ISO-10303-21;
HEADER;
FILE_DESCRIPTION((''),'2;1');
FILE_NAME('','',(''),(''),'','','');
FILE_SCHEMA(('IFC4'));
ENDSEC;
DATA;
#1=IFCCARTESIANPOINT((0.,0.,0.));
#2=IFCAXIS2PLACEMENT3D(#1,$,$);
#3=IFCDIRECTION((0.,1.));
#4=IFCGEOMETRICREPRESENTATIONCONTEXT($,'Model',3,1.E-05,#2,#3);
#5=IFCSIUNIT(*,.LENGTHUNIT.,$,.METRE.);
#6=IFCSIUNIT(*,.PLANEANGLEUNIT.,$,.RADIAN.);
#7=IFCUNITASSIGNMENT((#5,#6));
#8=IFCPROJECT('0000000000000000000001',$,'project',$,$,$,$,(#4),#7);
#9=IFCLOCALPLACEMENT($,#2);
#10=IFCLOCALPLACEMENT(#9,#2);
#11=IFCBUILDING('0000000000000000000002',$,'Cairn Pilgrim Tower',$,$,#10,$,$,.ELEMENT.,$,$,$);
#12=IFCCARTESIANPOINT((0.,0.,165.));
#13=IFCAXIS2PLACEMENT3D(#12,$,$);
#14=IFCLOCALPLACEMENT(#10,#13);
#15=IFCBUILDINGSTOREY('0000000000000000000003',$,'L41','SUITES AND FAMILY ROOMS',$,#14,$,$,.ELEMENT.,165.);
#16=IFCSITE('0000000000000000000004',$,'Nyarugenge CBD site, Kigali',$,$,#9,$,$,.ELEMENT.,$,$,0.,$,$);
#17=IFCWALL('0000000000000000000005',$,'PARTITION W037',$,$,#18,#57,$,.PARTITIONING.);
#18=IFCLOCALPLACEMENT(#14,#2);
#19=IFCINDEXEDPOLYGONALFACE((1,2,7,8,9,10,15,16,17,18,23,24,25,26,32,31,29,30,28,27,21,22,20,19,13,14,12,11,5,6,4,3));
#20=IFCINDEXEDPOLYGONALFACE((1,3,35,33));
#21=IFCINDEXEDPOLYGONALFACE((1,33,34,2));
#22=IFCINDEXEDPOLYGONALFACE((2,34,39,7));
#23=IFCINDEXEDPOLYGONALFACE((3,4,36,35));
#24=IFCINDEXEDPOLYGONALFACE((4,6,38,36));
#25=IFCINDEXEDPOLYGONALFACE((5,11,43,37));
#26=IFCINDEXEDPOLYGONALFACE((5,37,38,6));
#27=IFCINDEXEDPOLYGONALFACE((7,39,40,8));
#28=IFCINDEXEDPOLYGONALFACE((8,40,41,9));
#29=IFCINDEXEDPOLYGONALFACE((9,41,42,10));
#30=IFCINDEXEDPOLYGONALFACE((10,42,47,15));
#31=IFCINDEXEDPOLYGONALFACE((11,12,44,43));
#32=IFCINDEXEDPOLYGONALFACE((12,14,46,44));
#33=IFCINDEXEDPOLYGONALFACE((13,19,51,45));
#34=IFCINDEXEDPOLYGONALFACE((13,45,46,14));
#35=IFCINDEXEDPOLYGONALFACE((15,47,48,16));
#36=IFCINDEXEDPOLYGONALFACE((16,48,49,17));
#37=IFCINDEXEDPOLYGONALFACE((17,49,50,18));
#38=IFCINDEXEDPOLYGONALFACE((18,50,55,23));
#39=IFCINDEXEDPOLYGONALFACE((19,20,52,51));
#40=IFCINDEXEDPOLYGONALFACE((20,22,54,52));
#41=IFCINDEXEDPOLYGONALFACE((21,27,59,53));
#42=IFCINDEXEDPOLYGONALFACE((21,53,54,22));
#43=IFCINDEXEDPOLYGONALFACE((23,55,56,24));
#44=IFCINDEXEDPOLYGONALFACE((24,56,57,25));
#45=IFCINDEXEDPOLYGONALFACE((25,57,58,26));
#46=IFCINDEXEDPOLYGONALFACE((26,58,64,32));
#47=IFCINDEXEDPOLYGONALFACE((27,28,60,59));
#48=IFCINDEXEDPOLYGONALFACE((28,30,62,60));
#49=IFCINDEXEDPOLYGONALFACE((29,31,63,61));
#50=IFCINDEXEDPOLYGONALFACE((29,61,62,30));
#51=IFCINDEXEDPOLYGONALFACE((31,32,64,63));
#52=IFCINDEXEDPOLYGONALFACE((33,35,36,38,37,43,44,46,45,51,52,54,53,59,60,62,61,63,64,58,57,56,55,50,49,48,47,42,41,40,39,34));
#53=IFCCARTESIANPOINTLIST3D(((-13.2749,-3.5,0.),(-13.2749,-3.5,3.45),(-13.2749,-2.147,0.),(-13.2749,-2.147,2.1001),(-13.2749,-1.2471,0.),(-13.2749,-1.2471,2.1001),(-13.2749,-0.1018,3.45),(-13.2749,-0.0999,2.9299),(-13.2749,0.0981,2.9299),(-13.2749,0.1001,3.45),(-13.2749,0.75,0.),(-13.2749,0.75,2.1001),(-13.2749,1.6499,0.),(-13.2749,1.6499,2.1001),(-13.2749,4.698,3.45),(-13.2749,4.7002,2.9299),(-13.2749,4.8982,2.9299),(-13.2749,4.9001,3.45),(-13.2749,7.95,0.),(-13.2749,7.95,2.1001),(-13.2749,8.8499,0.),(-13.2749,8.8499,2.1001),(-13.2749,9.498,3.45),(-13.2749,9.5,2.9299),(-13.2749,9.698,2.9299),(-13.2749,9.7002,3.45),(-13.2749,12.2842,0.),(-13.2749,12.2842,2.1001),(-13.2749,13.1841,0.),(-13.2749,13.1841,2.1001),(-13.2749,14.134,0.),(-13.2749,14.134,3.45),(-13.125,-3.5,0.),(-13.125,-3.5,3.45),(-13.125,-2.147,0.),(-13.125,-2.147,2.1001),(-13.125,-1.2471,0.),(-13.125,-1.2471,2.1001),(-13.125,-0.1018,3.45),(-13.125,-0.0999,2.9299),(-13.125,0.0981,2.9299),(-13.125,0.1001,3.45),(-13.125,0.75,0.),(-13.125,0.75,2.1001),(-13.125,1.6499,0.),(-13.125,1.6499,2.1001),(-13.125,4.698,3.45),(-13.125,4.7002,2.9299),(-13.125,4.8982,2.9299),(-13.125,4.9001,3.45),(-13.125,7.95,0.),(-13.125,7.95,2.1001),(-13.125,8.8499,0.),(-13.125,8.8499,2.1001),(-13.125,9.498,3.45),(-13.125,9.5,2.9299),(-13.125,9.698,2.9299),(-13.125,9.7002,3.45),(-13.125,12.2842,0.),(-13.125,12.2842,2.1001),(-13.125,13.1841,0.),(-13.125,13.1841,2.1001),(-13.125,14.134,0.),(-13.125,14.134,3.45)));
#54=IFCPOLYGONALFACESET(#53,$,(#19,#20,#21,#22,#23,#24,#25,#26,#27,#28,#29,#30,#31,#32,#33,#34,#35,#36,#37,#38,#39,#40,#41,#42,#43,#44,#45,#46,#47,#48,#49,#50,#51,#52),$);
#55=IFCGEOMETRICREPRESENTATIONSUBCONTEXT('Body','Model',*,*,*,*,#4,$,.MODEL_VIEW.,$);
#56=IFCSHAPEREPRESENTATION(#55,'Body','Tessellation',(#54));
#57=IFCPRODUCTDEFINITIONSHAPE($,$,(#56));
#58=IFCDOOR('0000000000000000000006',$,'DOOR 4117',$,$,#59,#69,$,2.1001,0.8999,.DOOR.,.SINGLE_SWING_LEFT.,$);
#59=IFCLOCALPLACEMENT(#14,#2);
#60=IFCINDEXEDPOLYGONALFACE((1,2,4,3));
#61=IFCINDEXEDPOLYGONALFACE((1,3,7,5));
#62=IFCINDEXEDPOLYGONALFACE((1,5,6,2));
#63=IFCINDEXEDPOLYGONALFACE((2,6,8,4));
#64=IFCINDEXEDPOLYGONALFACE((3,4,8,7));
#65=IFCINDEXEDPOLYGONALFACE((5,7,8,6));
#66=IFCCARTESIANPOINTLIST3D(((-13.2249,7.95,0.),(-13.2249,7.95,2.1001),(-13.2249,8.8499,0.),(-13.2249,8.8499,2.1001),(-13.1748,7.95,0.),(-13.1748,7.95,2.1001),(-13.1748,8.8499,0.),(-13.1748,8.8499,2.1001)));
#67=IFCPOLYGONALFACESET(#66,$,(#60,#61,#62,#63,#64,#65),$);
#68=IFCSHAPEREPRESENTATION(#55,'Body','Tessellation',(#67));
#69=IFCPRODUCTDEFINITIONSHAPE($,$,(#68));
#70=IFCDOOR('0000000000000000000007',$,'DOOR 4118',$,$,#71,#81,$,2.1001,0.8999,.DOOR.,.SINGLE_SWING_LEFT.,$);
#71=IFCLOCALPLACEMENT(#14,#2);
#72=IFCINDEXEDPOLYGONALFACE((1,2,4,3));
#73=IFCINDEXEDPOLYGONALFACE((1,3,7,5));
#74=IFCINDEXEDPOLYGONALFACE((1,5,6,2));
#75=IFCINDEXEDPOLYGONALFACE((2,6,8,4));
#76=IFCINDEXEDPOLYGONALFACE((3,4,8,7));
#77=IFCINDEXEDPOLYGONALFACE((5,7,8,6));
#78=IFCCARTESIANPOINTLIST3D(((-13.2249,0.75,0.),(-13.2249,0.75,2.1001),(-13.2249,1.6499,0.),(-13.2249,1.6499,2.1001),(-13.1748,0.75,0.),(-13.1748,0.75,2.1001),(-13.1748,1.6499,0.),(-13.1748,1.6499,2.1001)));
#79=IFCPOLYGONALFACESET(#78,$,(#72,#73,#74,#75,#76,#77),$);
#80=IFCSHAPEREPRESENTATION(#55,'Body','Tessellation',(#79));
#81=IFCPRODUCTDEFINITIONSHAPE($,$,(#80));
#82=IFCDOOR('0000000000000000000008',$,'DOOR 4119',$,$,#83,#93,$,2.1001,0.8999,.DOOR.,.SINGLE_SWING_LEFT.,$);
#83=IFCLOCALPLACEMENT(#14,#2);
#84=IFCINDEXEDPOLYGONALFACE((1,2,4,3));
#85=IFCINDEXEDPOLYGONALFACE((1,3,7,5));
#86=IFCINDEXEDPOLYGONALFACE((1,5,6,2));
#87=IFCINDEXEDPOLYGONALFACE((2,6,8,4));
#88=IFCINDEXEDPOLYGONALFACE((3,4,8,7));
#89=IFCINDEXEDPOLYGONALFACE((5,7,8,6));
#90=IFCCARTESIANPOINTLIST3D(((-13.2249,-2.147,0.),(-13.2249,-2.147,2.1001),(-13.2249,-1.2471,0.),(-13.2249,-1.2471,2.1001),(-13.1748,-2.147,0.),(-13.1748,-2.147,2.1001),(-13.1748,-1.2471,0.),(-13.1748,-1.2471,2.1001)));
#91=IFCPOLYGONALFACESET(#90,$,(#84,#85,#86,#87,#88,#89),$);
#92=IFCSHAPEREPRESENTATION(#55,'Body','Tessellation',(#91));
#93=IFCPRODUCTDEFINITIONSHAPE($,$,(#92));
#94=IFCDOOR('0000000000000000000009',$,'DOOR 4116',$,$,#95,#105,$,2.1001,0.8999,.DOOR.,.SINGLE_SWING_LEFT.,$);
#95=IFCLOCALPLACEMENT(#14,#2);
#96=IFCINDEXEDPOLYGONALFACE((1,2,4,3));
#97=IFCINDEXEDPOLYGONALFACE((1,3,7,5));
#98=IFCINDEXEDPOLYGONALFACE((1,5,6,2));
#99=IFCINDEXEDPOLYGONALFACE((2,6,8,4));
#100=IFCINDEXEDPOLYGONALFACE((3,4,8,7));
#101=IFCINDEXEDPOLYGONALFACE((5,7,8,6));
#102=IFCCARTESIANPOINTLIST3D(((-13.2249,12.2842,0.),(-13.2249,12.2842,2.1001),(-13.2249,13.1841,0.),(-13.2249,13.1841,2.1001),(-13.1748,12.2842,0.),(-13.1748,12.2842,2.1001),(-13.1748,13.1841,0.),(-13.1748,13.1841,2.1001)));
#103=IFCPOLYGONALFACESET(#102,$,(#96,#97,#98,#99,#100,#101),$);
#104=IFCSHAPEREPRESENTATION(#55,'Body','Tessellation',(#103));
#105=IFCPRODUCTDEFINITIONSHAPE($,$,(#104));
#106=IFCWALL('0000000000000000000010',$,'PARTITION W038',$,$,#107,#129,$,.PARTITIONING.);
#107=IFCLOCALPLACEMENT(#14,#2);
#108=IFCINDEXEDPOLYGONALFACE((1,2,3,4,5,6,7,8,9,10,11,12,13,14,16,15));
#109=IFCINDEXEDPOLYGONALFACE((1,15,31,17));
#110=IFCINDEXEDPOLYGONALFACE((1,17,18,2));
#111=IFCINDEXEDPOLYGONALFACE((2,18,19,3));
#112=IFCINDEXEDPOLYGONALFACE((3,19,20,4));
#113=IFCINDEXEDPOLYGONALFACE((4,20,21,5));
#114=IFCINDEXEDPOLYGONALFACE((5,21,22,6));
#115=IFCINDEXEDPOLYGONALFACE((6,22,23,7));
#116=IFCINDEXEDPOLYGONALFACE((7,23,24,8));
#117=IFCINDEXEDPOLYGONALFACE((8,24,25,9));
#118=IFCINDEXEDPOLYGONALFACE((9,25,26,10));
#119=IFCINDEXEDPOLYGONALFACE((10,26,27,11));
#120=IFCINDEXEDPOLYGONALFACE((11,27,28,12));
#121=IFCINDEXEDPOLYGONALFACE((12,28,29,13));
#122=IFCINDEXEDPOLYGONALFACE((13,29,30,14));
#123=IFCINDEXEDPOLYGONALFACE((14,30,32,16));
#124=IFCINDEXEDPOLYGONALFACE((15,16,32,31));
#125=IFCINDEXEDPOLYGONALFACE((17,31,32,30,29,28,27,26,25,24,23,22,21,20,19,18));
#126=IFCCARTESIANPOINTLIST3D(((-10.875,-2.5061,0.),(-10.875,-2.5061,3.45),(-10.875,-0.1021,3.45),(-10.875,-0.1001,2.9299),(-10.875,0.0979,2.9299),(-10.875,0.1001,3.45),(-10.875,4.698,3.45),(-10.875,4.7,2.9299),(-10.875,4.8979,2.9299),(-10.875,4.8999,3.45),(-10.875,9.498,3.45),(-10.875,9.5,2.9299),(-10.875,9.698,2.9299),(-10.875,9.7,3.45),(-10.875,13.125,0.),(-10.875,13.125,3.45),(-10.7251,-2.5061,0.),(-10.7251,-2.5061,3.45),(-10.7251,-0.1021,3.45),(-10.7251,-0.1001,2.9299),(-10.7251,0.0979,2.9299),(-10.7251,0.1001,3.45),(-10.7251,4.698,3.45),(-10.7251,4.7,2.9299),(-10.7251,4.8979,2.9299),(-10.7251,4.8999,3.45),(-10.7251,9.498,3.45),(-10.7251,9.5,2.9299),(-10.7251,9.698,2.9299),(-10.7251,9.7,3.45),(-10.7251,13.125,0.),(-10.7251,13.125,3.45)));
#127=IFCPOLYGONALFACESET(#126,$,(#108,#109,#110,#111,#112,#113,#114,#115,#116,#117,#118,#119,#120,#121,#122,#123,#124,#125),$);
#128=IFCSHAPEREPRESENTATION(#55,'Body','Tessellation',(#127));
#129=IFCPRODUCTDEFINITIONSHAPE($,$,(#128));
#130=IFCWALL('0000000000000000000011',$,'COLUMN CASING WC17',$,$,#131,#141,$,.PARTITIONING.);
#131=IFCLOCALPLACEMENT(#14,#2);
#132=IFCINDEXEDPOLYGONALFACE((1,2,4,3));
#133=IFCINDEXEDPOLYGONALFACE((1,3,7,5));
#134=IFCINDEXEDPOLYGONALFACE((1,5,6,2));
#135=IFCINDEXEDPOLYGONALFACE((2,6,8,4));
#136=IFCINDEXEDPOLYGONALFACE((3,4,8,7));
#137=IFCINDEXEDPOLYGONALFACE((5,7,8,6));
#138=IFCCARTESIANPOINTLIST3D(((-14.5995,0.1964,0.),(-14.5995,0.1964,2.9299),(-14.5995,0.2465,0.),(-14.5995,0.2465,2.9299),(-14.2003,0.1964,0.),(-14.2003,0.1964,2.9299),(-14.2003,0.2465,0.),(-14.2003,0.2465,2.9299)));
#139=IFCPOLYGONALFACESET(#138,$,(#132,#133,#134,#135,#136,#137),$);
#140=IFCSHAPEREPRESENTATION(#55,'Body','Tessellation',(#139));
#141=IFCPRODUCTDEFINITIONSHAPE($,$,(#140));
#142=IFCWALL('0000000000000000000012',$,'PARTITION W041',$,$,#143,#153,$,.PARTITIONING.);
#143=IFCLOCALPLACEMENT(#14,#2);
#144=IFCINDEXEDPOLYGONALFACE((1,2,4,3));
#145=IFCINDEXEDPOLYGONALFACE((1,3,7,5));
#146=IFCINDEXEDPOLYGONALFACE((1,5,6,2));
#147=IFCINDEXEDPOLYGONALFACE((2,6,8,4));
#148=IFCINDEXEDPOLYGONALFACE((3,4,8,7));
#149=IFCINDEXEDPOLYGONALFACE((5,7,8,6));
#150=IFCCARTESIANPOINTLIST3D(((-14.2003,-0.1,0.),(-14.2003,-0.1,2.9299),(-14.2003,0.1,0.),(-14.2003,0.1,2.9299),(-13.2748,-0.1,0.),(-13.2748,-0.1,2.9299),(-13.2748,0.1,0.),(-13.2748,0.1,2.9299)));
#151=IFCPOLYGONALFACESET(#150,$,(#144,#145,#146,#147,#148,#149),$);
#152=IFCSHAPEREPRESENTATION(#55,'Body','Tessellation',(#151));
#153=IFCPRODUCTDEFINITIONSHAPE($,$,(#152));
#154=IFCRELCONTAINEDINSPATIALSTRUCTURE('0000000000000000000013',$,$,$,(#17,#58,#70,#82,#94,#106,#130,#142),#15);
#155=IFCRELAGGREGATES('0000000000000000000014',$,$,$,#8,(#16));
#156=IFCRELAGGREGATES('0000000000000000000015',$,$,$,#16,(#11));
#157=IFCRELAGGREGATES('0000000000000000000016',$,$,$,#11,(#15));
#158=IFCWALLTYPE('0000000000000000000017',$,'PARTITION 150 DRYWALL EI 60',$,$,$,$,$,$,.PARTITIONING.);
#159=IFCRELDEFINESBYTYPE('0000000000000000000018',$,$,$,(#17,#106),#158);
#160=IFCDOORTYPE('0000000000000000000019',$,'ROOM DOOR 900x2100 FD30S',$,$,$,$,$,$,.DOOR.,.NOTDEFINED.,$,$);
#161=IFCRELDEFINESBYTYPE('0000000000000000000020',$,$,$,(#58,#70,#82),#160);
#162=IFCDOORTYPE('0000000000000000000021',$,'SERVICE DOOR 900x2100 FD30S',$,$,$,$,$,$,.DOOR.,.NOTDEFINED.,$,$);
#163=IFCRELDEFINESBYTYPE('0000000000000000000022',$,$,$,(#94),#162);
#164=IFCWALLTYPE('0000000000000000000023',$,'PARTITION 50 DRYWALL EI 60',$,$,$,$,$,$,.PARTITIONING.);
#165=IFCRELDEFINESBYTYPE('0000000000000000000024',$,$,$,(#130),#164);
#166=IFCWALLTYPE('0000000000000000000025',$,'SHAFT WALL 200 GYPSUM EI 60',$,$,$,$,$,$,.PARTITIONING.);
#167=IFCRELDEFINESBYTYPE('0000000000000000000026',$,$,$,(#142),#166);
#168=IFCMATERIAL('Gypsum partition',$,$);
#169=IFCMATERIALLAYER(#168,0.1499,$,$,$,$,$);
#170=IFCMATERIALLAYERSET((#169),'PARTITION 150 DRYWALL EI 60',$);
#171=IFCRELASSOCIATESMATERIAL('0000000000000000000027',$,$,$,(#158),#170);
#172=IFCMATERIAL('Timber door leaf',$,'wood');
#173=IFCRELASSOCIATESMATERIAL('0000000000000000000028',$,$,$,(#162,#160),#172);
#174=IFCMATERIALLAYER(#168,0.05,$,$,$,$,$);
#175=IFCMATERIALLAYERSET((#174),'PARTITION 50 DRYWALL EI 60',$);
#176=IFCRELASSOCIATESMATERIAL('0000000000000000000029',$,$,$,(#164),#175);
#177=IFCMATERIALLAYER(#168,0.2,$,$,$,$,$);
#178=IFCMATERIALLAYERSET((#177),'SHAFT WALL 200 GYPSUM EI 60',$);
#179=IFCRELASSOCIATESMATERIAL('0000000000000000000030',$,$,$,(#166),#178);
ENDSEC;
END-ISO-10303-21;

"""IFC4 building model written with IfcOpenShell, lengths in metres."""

from ifc_helpers import new_model, si_unit, direction, frame, frame_2d, origin, place, context, subcontext, project, spatial, polyline, rectangle, outline, extrude, material, layer, layer_set, type_object, element, fill, save


model = new_model("IFC4")

# Units and contexts
model_context = context("Model", 3, precision=1e-05, world=origin(), true_north=direction((0.0, 1.0)))
body_context = subcontext(model_context, "Body", "Model", "MODEL_VIEW")
ifc_project = project(units=[si_unit("LENGTHUNIT", "METRE"), si_unit("PLANEANGLEUNIT", "RADIAN")], contexts=[model_context])

# Site, building, storey
site_placement = place(None, origin())
site = spatial("IfcSite", under=ifc_project, at=site_placement, Name="Nyarugenge CBD site, Kigali", CompositionType="ELEMENT", RefElevation=0.0)
building_placement = place(site_placement, origin())
building = spatial("IfcBuilding", under=site, at=building_placement, Name="Cairn Pilgrim Tower", CompositionType="ELEMENT")
storey_placement = place(building_placement, frame((0.0, 0.0, 165.0)))
storey = spatial("IfcBuildingStorey", under=building, at=storey_placement, Name="L41", Description="SUITES AND FAMILY ROOMS", CompositionType="ELEMENT", Elevation=165.0)

# Shared definitions
ifc_material_1 = material(Name="Gypsum partition")

# Shared definitions
ifc_material_2 = material(Name="Timber door leaf", Category="wood")

# Shared definitions
ifc_layer_1 = layer(ifc_material_1, 0.1499)
ifc_layer_set_1 = layer_set([ifc_layer_1], Name="PARTITION 150 DRYWALL EI 60")
wall_type_1 = type_object("IfcWallType", Name="PARTITION 150 DRYWALL EI 60", PredefinedType="PARTITIONING", material=ifc_layer_set_1)

# Shared definitions
door_type_1 = type_object("IfcDoorType", Name="SERVICE DOOR 900x2100 FD30S", OperationType="NOTDEFINED", PredefinedType="DOOR", material=ifc_material_2)

# Wall, openings, doors
wall_1_placement = place(storey_placement, frame((-13.2, -3.5, 0.0), z_axis=(0.0, 0.0, 1.0), x_axis=(0.0, 1.0, 0.0)))
wall_1 = element("IfcWall", 1, at=wall_1_placement, inside=storey, type_object=wall_type_1, Name="PARTITION W037", PredefinedType="PARTITIONING", context=body_context, shape_type="SweptSolid", body=[
    extrude(outline(polyline([(0.0, 0.0), (17.634, 0.0), (17.634, 3.45), (13.2002, 3.45), (13.198, 2.9299), (13.0, 2.9299), (12.998, 3.45), (8.4001, 3.45), (8.3982, 2.9299), (8.2002, 2.9299), (8.198, 3.45), (3.6001, 3.45), (3.5981, 2.9299), (3.4001, 2.9299), (3.3982, 3.45), (0.0, 3.45), (0.0, 0.0)])), frame((0.0, 0.075, 0.0), z_axis=(0.0, -1.0, 0.0), x_axis=(1.0, 0.0, 0.0)), (0.0, 0.0, 1.0), 0.1499),
])
opening_1_placement = place(wall_1_placement, frame((15.7842, 0.0, 0.0)))
opening_1 = element("IfcOpeningElement", 2, at=opening_1_placement, cuts=wall_1, PredefinedType="OPENING", context=body_context, shape_type="SweptSolid", body=[
    extrude(rectangle(XDim=0.8999, YDim=2.1001, at=frame_2d((0.45, 1.05))), frame((0.0, 0.085, 0.0), z_axis=(0.0, -1.0, 0.0), x_axis=(1.0, 0.0, 0.0)), (0.0, 0.0, 1.0), 0.1699),
])
opening_2_placement = place(wall_1_placement, frame((11.45, 0.0, 0.0)))
opening_2 = element("IfcOpeningElement", 3, at=opening_2_placement, cuts=wall_1, PredefinedType="OPENING", context=body_context, shape_type="SweptSolid", body=[
    extrude(rectangle(XDim=0.8999, YDim=2.1001, at=frame_2d((0.45, 1.05))), frame((0.0, 0.085, 0.0), z_axis=(0.0, -1.0, 0.0), x_axis=(1.0, 0.0, 0.0)), (0.0, 0.0, 1.0), 0.1699),
])
opening_3_placement = place(wall_1_placement, frame((4.25, 0.0, 0.0)))
opening_3 = element("IfcOpeningElement", 4, at=opening_3_placement, cuts=wall_1, PredefinedType="OPENING", context=body_context, shape_type="SweptSolid", body=[
    extrude(rectangle(XDim=0.8999, YDim=2.1001, at=frame_2d((0.45, 1.05))), frame((0.0, 0.085, 0.0), z_axis=(0.0, -1.0, 0.0), x_axis=(1.0, 0.0, 0.0)), (0.0, 0.0, 1.0), 0.1699),
])
opening_4_placement = place(wall_1_placement, frame((1.353, 0.0, 0.0)))
opening_4 = element("IfcOpeningElement", 5, at=opening_4_placement, cuts=wall_1, PredefinedType="OPENING", context=body_context, shape_type="SweptSolid", body=[
    extrude(rectangle(XDim=0.8999, YDim=2.1001, at=frame_2d((0.45, 1.05))), frame((0.0, 0.085, 0.0), z_axis=(0.0, -1.0, 0.0), x_axis=(1.0, 0.0, 0.0)), (0.0, 0.0, 1.0), 0.1699),
])
door_type_2 = type_object("IfcDoorType", Name="ROOM DOOR 900x2100 FD30S", OperationType="NOTDEFINED", PredefinedType="DOOR", material=ifc_material_2)
door_1_placement = place(opening_2_placement, origin())
door_1 = element("IfcDoor", 6, at=door_1_placement, inside=storey, type_object=door_type_2, Name="DOOR 4117", OperationType="SINGLE_SWING_LEFT", OverallHeight=2.1001, OverallWidth=0.8999, PredefinedType="DOOR", context=body_context, shape_type="SweptSolid", body=[
    extrude(rectangle(XDim=0.8999, YDim=2.1001, at=frame_2d((0.45, 1.05))), frame((0.0, 0.0249, 0.0), z_axis=(0.0, -1.0, 0.0), x_axis=(1.0, 0.0, 0.0)), (0.0, 0.0, 1.0), 0.05),
])
fill(opening_2, door_1)
door_2_placement = place(opening_3_placement, origin())
door_2 = element("IfcDoor", 7, at=door_2_placement, inside=storey, type_object=door_type_2, Name="DOOR 4118", OperationType="SINGLE_SWING_LEFT", OverallHeight=2.1001, OverallWidth=0.8999, PredefinedType="DOOR", context=body_context, shape_type="SweptSolid", body=[
    extrude(rectangle(XDim=0.8999, YDim=2.1001, at=frame_2d((0.45, 1.05))), frame((0.0, 0.0249, 0.0), z_axis=(0.0, -1.0, 0.0), x_axis=(1.0, 0.0, 0.0)), (0.0, 0.0, 1.0), 0.05),
])
fill(opening_3, door_2)
door_3_placement = place(opening_4_placement, origin())
door_3 = element("IfcDoor", 8, at=door_3_placement, inside=storey, type_object=door_type_2, Name="DOOR 4119", OperationType="SINGLE_SWING_LEFT", OverallHeight=2.1001, OverallWidth=0.8999, PredefinedType="DOOR", context=body_context, shape_type="SweptSolid", body=[
    extrude(rectangle(XDim=0.8999, YDim=2.1001, at=frame_2d((0.45, 1.05))), frame((0.0, 0.0249, 0.0), z_axis=(0.0, -1.0, 0.0), x_axis=(1.0, 0.0, 0.0)), (0.0, 0.0, 1.0), 0.05),
])
fill(opening_4, door_3)
door_4_placement = place(opening_1_placement, origin())
door_4 = element("IfcDoor", 9, at=door_4_placement, inside=storey, type_object=door_type_1, Name="DOOR 4116", OperationType="SINGLE_SWING_LEFT", OverallHeight=2.1001, OverallWidth=0.8999, PredefinedType="DOOR", context=body_context, shape_type="SweptSolid", body=[
    extrude(rectangle(XDim=0.8999, YDim=2.1001, at=frame_2d((0.45, 1.05))), frame((0.0, 0.0249, 0.0), z_axis=(0.0, -1.0, 0.0), x_axis=(1.0, 0.0, 0.0)), (0.0, 0.0, 1.0), 0.05),
])
fill(opening_1, door_4)

# Walls
wall_2_placement = place(storey_placement, frame((-10.8, -2.5061, 0.0), z_axis=(0.0, 0.0, 1.0), x_axis=(0.0, 1.0, 0.0)))
element("IfcWall", 10, at=wall_2_placement, inside=storey, type_object=wall_type_1, Name="PARTITION W038", PredefinedType="PARTITIONING", context=body_context, shape_type="SweptSolid", body=[
    extrude(outline(polyline([(0.0, 0.0), (15.6311, 0.0), (15.6311, 3.45), (12.2061, 3.45), (12.2041, 2.9299), (12.0061, 2.9299), (12.0042, 3.45), (7.406, 3.45), (7.4041, 2.9299), (7.2061, 2.9299), (7.2041, 3.45), (2.6062, 3.45), (2.604, 2.9299), (2.406, 2.9299), (2.4041, 3.45), (0.0, 3.45), (0.0, 0.0)])), frame((0.0, 0.075, 0.0), z_axis=(0.0, -1.0, 0.0), x_axis=(1.0, 0.0, 0.0)), (0.0, 0.0, 1.0), 0.1499),
])
ifc_layer_2 = layer(ifc_material_1, 0.05)
ifc_layer_set_2 = layer_set([ifc_layer_2], Name="PARTITION 50 DRYWALL EI 60")
wall_type_2 = type_object("IfcWallType", Name="PARTITION 50 DRYWALL EI 60", PredefinedType="PARTITIONING", material=ifc_layer_set_2)
wall_3_placement = place(storey_placement, frame((-14.5996, 0.2214, 0.0), z_axis=(0.0, 0.0, 1.0), x_axis=(1.0, 0.0, 0.0)))
element("IfcWall", 11, at=wall_3_placement, inside=storey, type_object=wall_type_2, Name="COLUMN CASING WC17", PredefinedType="PARTITIONING", context=body_context, shape_type="SweptSolid", body=[
    extrude(rectangle(XDim=0.3992, YDim=0.05, at=frame_2d((0.1997, 0.0))), origin(), (0.0, 0.0, 1.0), 2.9299),
])
ifc_layer_3 = layer(ifc_material_1, 0.2)
ifc_layer_set_3 = layer_set([ifc_layer_3], Name="SHAFT WALL 200 GYPSUM EI 60")
wall_type_3 = type_object("IfcWallType", Name="SHAFT WALL 200 GYPSUM EI 60", PredefinedType="PARTITIONING", material=ifc_layer_set_3)
wall_4_placement = place(storey_placement, frame((-14.2004, 0.0, 0.0), z_axis=(0.0, 0.0, 1.0), x_axis=(1.0, 0.0, 0.0)))
element("IfcWall", 12, at=wall_4_placement, inside=storey, type_object=wall_type_3, Name="PARTITION W041", PredefinedType="PARTITIONING", context=body_context, shape_type="SweptSolid", body=[
    extrude(rectangle(XDim=0.9255, YDim=0.2, at=frame_2d((0.4629, 0.0))), origin(), (0.0, 0.0, 1.0), 2.9299),
])

save(model, "model.ifc")
